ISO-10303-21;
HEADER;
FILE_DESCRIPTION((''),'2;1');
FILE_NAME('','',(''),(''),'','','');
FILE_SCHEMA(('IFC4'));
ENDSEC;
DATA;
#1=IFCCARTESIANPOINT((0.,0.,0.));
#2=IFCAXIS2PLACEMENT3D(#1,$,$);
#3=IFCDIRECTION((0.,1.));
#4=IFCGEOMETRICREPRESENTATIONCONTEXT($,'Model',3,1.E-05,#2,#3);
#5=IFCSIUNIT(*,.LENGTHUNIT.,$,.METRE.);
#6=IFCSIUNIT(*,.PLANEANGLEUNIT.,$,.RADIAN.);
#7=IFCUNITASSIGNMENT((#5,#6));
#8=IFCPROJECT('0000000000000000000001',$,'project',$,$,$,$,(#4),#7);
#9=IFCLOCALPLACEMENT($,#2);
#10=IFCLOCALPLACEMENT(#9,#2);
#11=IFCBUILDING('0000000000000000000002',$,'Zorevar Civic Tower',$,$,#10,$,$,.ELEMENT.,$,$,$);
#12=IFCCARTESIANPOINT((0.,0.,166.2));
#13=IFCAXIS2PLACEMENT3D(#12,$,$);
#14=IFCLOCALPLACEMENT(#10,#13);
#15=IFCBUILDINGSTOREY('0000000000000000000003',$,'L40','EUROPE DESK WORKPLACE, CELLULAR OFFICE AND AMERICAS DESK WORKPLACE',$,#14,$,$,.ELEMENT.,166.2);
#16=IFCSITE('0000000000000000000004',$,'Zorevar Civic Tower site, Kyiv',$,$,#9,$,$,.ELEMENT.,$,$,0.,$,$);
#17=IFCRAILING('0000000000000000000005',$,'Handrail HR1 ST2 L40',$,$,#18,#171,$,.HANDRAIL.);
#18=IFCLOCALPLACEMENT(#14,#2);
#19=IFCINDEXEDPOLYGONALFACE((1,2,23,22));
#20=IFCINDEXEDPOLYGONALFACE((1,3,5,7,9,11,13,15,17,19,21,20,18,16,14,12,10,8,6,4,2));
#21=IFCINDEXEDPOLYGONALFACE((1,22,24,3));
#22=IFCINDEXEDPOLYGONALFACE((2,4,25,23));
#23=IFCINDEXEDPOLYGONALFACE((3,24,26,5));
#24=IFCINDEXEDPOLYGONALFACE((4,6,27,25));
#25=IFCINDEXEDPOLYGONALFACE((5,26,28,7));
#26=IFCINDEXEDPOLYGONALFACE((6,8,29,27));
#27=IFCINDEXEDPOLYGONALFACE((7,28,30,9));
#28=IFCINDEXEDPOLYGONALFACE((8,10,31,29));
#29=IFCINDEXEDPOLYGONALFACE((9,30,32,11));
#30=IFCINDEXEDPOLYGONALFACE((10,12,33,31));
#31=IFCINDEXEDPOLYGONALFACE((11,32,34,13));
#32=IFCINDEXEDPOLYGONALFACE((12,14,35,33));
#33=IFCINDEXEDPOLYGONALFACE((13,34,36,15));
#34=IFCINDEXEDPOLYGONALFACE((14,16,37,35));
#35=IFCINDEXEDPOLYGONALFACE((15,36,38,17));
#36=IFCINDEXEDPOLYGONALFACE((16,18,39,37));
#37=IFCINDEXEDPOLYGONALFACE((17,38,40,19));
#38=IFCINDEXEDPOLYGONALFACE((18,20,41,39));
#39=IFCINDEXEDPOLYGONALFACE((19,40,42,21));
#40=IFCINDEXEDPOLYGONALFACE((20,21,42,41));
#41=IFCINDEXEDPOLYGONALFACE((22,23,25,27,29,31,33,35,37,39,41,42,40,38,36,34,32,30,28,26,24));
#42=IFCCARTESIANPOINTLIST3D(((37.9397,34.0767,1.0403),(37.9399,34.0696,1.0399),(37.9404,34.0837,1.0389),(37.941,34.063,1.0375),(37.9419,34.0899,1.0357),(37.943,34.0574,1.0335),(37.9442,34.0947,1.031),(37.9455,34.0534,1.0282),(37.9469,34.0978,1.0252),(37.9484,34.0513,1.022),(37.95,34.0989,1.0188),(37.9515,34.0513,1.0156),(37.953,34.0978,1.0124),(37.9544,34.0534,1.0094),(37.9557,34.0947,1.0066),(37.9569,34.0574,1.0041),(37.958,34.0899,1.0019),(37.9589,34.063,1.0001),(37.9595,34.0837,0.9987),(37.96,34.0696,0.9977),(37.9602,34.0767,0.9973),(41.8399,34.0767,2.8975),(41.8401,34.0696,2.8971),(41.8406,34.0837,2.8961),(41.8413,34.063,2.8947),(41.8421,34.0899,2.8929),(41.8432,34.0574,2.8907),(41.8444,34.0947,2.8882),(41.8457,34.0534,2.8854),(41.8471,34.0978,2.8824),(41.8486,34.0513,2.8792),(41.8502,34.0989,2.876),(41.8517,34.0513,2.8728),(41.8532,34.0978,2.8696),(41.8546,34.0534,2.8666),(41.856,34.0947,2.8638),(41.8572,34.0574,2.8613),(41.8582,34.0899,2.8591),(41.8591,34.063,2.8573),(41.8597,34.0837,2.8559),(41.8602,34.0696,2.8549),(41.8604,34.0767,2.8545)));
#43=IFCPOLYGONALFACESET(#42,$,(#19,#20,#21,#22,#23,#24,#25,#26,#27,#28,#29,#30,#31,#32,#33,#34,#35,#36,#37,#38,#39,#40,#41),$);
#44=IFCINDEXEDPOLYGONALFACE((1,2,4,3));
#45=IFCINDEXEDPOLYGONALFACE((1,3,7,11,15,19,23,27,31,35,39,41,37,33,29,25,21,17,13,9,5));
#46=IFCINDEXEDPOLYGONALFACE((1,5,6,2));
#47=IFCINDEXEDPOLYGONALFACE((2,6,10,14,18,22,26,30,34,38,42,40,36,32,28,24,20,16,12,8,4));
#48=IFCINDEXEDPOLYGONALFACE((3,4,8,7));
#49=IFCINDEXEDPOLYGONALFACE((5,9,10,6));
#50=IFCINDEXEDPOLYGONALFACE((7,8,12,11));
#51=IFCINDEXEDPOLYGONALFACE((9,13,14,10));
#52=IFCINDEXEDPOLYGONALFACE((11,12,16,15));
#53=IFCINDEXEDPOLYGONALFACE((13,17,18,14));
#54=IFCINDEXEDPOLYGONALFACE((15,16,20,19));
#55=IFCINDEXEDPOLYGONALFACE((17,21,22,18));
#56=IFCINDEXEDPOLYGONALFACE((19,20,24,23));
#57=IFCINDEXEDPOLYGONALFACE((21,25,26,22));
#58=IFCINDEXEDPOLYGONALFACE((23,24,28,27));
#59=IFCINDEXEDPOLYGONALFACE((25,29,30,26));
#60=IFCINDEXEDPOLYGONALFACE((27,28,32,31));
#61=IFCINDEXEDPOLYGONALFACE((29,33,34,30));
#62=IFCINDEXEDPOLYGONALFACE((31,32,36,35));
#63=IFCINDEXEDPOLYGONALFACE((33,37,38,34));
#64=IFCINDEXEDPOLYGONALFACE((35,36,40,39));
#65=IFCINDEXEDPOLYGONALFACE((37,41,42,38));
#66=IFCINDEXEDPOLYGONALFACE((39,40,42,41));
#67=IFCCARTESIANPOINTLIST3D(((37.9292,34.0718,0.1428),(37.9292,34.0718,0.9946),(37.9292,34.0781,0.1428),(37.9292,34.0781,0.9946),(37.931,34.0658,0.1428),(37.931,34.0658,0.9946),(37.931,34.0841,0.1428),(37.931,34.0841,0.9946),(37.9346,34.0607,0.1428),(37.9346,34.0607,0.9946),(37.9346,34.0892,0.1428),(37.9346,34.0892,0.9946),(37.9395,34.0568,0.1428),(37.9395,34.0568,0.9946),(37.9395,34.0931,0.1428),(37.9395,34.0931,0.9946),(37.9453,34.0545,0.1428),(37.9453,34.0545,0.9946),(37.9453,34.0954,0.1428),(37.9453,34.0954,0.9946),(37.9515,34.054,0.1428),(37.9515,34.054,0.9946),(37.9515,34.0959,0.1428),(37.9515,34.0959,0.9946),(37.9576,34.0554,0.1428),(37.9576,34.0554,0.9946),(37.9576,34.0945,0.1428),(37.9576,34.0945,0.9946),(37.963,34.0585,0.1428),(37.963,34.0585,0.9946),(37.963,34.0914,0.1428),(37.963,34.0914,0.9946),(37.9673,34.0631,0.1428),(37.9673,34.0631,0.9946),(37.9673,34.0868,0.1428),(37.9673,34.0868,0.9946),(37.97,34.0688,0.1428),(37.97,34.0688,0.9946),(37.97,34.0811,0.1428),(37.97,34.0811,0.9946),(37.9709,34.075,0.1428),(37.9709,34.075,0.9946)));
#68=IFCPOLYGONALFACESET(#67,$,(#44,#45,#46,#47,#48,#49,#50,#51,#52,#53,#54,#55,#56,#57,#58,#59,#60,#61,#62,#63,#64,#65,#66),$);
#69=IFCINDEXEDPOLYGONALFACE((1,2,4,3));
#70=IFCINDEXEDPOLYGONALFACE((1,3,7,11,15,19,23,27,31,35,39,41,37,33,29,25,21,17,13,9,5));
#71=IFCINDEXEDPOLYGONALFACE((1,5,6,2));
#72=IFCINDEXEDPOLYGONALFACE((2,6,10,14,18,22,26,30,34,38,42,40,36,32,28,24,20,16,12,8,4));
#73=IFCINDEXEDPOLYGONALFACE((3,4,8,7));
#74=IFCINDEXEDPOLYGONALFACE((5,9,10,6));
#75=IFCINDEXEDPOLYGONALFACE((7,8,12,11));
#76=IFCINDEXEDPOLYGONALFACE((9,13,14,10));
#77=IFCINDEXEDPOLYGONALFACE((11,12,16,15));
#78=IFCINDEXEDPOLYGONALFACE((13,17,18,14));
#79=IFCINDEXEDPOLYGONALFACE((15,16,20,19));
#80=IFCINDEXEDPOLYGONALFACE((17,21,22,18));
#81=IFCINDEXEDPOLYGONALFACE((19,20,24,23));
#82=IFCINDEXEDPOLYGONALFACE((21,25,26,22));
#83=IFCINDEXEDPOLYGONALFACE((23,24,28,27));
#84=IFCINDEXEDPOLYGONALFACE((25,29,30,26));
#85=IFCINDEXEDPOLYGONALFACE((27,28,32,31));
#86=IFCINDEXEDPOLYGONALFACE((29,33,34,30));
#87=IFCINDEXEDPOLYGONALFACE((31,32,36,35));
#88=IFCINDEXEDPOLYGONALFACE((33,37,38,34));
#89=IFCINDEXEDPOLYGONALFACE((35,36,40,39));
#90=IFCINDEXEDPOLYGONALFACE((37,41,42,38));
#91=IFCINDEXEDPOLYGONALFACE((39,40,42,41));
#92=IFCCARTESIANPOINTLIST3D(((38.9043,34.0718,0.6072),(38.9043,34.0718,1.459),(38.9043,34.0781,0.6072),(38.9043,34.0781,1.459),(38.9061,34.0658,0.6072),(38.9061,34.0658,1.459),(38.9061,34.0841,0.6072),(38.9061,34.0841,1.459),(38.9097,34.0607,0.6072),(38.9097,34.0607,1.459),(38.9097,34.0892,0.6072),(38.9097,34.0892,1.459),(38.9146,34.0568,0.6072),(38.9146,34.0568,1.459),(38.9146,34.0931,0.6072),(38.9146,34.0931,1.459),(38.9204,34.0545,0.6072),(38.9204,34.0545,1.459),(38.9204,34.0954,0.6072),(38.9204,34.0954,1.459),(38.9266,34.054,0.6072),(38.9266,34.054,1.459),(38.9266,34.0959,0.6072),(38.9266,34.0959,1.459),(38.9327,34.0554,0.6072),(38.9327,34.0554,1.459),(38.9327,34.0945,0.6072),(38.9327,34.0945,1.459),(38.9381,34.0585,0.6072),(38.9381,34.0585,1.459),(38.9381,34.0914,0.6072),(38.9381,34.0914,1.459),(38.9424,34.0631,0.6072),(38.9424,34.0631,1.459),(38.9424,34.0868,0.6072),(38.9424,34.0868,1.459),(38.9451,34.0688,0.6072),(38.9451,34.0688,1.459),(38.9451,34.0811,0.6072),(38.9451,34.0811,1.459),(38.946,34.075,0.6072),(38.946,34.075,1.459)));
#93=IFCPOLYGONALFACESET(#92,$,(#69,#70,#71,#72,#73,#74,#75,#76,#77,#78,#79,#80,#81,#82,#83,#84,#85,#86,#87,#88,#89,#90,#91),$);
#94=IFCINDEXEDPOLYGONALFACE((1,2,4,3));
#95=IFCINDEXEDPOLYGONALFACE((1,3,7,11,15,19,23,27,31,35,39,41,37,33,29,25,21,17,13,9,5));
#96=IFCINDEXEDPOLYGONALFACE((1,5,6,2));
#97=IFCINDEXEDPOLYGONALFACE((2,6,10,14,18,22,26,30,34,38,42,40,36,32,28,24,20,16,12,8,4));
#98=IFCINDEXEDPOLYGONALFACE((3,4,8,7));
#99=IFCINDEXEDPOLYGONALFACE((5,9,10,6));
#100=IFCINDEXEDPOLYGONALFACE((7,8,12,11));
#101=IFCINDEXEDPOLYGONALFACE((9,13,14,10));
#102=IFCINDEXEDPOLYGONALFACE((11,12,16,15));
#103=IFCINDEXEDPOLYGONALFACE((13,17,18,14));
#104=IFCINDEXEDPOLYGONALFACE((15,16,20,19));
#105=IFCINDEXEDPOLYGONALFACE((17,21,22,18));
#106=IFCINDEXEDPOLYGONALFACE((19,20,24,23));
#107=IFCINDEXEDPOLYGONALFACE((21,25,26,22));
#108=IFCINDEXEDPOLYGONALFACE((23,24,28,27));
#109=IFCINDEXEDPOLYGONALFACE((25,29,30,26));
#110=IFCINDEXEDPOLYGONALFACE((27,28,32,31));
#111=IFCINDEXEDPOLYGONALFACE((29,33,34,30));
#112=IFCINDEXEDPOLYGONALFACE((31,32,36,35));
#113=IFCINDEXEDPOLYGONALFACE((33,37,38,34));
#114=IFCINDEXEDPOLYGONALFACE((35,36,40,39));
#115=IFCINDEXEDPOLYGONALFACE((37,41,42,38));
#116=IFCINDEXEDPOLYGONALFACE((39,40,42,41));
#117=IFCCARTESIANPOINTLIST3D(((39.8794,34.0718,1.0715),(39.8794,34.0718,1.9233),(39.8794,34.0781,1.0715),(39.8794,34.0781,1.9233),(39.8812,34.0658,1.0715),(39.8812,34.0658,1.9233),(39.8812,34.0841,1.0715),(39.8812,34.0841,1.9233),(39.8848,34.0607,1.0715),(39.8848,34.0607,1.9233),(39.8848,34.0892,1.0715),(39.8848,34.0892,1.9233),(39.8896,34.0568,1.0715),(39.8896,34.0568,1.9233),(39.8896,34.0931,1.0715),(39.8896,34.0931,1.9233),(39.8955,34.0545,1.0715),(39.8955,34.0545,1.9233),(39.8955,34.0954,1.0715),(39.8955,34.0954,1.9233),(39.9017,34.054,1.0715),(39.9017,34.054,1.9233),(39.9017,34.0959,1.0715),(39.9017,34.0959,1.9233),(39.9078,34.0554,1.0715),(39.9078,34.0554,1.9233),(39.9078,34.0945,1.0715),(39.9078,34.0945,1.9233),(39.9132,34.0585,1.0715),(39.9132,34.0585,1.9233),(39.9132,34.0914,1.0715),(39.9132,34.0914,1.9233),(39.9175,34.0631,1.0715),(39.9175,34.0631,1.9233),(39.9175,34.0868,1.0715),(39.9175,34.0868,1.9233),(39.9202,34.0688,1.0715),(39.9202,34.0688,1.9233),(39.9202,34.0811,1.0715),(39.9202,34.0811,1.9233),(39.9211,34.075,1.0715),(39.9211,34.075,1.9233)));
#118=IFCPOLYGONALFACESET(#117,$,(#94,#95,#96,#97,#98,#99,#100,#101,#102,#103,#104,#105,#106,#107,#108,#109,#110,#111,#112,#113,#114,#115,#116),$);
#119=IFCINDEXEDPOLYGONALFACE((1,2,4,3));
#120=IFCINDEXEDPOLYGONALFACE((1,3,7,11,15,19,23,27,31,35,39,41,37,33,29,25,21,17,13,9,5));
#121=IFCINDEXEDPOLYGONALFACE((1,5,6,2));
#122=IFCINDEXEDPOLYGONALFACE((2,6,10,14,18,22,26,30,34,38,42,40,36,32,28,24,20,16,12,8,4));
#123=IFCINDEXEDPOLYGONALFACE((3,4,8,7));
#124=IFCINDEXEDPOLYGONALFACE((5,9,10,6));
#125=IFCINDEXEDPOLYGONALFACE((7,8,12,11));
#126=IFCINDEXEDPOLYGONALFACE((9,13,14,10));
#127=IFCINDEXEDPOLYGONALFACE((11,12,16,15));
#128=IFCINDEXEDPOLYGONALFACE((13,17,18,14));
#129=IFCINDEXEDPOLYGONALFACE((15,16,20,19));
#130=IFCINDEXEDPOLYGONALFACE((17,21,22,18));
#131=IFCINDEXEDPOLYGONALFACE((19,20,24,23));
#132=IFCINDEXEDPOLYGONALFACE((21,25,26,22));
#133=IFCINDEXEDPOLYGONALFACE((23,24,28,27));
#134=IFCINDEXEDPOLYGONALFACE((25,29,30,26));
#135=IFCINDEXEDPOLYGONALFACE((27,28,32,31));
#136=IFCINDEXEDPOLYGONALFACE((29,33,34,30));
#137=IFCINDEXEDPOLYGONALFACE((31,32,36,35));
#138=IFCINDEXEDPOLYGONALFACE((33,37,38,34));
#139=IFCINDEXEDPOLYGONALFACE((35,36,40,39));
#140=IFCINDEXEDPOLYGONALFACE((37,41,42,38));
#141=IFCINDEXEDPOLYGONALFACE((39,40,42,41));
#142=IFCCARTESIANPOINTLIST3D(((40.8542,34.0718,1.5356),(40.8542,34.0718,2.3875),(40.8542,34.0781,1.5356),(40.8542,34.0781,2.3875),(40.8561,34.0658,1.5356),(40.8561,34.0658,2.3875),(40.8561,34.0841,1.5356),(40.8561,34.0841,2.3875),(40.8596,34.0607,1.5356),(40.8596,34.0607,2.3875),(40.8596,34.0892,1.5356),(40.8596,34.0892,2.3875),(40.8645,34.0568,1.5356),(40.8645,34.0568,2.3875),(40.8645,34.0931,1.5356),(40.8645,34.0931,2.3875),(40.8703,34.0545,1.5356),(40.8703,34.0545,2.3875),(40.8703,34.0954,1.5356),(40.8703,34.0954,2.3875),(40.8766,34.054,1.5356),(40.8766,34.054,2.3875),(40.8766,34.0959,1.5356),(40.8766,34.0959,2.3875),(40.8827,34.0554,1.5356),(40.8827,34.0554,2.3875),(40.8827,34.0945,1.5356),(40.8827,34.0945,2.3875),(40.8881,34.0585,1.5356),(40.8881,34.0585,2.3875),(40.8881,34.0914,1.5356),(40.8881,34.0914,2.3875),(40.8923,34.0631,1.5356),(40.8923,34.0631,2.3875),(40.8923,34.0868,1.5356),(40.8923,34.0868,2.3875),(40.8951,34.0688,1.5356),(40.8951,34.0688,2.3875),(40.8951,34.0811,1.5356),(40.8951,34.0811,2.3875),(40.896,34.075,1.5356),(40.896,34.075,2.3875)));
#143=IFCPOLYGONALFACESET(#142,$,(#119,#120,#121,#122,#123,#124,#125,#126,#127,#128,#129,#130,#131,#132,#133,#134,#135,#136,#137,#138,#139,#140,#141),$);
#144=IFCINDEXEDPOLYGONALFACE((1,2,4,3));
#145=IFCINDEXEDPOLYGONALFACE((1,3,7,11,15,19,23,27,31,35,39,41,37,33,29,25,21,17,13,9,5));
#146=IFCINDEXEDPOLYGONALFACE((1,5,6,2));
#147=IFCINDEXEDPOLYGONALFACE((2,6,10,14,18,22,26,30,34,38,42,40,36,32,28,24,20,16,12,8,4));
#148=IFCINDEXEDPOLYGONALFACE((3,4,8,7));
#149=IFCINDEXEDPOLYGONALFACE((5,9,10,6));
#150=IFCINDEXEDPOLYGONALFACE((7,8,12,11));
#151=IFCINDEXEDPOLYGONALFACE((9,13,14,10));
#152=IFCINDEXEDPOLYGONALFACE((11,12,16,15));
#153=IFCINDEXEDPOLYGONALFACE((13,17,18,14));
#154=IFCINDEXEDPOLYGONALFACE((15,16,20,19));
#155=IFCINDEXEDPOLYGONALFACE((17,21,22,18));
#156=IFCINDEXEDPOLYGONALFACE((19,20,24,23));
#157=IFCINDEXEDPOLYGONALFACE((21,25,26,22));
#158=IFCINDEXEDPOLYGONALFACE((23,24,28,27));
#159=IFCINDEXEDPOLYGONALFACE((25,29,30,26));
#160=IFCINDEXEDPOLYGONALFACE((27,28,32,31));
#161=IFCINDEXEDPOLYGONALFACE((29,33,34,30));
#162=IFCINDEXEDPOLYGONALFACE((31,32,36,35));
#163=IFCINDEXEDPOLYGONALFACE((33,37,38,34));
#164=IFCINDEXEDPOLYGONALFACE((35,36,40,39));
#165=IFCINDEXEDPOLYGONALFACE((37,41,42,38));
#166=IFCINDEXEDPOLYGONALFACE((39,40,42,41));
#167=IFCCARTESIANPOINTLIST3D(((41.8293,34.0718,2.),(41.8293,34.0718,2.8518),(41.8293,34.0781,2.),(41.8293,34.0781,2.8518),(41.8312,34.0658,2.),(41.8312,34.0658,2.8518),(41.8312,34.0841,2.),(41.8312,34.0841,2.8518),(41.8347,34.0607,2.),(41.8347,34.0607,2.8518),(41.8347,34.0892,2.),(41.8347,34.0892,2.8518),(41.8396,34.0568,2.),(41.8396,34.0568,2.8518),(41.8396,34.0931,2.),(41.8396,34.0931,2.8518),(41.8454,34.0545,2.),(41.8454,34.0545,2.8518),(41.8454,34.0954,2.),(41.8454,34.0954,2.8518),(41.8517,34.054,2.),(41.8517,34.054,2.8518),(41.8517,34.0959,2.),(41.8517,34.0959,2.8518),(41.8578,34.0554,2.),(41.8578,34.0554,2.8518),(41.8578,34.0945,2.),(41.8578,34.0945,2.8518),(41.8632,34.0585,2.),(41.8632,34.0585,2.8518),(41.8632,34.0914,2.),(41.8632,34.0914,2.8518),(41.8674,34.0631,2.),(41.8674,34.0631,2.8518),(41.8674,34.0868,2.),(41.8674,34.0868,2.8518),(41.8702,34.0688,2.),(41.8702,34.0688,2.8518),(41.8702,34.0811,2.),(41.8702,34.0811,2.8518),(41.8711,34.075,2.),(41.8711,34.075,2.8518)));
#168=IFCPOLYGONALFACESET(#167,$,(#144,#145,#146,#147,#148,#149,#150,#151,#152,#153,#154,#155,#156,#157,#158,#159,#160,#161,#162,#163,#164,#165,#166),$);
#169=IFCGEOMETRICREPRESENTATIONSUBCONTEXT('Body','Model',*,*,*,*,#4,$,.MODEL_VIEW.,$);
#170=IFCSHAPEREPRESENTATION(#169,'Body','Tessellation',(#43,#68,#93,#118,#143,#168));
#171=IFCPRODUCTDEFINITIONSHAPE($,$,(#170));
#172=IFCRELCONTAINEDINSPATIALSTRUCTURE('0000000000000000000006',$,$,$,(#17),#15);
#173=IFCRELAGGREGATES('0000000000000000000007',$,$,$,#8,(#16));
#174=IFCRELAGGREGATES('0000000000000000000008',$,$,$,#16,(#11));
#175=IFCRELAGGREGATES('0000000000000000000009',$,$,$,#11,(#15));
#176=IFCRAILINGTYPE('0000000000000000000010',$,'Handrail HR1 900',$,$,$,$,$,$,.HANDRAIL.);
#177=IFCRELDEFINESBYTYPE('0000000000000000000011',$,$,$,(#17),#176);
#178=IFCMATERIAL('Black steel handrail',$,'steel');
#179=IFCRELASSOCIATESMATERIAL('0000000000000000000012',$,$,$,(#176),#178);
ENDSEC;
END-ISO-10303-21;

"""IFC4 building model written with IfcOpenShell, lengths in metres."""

from ifc_helpers import new_model, si_unit, direction, frame, origin, origin_2d, place, context, subcontext, project, spatial, circle, extrude, material, type_object, element, save


model = new_model("IFC4")

# Units and contexts
model_context = context("Model", 3, precision=1e-05, world=origin(), true_north=direction((0.0, 1.0)))
body_context = subcontext(model_context, "Body", "Model", "MODEL_VIEW")
ifc_project = project(units=[si_unit("LENGTHUNIT", "METRE"), si_unit("PLANEANGLEUNIT", "RADIAN")], contexts=[model_context])

# Site, building, storey
site_placement = place(None, origin())
site = spatial("IfcSite", under=ifc_project, at=site_placement, Name="Zorevar Civic Tower site, Kyiv", CompositionType="ELEMENT", RefElevation=0.0)
building_placement = place(site_placement, origin())
building = spatial("IfcBuilding", under=site, at=building_placement, Name="Zorevar Civic Tower", CompositionType="ELEMENT")
storey_placement = place(building_placement, frame((0.0, 0.0, 166.2)))
storey = spatial("IfcBuildingStorey", under=building, at=storey_placement, Name="L40", Description="EUROPE DESK WORKPLACE, CELLULAR OFFICE AND AMERICAS DESK WORKPLACE", CompositionType="ELEMENT", Elevation=166.2)

# Railing
ifc_material_1 = material(Name="Black steel handrail", Category="steel")
railing_type = type_object("IfcRailingType", Name="Handrail HR1 900", PredefinedType="HANDRAIL", material=ifc_material_1)
railing_1_placement = place(storey_placement, frame((37.95, 34.075, 0.1428)))
element("IfcRailing", 1, at=railing_1_placement, inside=storey, type_object=railing_type, Name="Handrail HR1 ST2 L40", PredefinedType="HANDRAIL", context=body_context, shape_type="SweptSolid", body=[
    extrude(circle(Radius=0.0239, at=origin_2d()), frame((0.0, 0.0, 0.876), z_axis=(0.902864, 0.0, 0.429927), x_axis=(0.0, 1.0, 0.0)), (0.0, 0.0, 1.0), 4.3198),
    extrude(circle(Radius=0.021, at=origin_2d()), origin(), (0.0, 0.0, 1.0), 0.8518),
    extrude(circle(Radius=0.021, at=origin_2d()), frame((0.9751, 0.0, 0.4644)), (0.0, 0.0, 1.0), 0.8518),
    extrude(circle(Radius=0.021, at=origin_2d()), frame((1.9502, 0.0, 0.9287)), (0.0, 0.0, 1.0), 0.8518),
    extrude(circle(Radius=0.021, at=origin_2d()), frame((2.925, 0.0, 1.3928)), (0.0, 0.0, 1.0), 0.8518),
    extrude(circle(Radius=0.021, at=origin_2d()), frame((3.9001, 0.0, 1.8572)), (0.0, 0.0, 1.0), 0.8518),
])

save(model, "model.ifc")
